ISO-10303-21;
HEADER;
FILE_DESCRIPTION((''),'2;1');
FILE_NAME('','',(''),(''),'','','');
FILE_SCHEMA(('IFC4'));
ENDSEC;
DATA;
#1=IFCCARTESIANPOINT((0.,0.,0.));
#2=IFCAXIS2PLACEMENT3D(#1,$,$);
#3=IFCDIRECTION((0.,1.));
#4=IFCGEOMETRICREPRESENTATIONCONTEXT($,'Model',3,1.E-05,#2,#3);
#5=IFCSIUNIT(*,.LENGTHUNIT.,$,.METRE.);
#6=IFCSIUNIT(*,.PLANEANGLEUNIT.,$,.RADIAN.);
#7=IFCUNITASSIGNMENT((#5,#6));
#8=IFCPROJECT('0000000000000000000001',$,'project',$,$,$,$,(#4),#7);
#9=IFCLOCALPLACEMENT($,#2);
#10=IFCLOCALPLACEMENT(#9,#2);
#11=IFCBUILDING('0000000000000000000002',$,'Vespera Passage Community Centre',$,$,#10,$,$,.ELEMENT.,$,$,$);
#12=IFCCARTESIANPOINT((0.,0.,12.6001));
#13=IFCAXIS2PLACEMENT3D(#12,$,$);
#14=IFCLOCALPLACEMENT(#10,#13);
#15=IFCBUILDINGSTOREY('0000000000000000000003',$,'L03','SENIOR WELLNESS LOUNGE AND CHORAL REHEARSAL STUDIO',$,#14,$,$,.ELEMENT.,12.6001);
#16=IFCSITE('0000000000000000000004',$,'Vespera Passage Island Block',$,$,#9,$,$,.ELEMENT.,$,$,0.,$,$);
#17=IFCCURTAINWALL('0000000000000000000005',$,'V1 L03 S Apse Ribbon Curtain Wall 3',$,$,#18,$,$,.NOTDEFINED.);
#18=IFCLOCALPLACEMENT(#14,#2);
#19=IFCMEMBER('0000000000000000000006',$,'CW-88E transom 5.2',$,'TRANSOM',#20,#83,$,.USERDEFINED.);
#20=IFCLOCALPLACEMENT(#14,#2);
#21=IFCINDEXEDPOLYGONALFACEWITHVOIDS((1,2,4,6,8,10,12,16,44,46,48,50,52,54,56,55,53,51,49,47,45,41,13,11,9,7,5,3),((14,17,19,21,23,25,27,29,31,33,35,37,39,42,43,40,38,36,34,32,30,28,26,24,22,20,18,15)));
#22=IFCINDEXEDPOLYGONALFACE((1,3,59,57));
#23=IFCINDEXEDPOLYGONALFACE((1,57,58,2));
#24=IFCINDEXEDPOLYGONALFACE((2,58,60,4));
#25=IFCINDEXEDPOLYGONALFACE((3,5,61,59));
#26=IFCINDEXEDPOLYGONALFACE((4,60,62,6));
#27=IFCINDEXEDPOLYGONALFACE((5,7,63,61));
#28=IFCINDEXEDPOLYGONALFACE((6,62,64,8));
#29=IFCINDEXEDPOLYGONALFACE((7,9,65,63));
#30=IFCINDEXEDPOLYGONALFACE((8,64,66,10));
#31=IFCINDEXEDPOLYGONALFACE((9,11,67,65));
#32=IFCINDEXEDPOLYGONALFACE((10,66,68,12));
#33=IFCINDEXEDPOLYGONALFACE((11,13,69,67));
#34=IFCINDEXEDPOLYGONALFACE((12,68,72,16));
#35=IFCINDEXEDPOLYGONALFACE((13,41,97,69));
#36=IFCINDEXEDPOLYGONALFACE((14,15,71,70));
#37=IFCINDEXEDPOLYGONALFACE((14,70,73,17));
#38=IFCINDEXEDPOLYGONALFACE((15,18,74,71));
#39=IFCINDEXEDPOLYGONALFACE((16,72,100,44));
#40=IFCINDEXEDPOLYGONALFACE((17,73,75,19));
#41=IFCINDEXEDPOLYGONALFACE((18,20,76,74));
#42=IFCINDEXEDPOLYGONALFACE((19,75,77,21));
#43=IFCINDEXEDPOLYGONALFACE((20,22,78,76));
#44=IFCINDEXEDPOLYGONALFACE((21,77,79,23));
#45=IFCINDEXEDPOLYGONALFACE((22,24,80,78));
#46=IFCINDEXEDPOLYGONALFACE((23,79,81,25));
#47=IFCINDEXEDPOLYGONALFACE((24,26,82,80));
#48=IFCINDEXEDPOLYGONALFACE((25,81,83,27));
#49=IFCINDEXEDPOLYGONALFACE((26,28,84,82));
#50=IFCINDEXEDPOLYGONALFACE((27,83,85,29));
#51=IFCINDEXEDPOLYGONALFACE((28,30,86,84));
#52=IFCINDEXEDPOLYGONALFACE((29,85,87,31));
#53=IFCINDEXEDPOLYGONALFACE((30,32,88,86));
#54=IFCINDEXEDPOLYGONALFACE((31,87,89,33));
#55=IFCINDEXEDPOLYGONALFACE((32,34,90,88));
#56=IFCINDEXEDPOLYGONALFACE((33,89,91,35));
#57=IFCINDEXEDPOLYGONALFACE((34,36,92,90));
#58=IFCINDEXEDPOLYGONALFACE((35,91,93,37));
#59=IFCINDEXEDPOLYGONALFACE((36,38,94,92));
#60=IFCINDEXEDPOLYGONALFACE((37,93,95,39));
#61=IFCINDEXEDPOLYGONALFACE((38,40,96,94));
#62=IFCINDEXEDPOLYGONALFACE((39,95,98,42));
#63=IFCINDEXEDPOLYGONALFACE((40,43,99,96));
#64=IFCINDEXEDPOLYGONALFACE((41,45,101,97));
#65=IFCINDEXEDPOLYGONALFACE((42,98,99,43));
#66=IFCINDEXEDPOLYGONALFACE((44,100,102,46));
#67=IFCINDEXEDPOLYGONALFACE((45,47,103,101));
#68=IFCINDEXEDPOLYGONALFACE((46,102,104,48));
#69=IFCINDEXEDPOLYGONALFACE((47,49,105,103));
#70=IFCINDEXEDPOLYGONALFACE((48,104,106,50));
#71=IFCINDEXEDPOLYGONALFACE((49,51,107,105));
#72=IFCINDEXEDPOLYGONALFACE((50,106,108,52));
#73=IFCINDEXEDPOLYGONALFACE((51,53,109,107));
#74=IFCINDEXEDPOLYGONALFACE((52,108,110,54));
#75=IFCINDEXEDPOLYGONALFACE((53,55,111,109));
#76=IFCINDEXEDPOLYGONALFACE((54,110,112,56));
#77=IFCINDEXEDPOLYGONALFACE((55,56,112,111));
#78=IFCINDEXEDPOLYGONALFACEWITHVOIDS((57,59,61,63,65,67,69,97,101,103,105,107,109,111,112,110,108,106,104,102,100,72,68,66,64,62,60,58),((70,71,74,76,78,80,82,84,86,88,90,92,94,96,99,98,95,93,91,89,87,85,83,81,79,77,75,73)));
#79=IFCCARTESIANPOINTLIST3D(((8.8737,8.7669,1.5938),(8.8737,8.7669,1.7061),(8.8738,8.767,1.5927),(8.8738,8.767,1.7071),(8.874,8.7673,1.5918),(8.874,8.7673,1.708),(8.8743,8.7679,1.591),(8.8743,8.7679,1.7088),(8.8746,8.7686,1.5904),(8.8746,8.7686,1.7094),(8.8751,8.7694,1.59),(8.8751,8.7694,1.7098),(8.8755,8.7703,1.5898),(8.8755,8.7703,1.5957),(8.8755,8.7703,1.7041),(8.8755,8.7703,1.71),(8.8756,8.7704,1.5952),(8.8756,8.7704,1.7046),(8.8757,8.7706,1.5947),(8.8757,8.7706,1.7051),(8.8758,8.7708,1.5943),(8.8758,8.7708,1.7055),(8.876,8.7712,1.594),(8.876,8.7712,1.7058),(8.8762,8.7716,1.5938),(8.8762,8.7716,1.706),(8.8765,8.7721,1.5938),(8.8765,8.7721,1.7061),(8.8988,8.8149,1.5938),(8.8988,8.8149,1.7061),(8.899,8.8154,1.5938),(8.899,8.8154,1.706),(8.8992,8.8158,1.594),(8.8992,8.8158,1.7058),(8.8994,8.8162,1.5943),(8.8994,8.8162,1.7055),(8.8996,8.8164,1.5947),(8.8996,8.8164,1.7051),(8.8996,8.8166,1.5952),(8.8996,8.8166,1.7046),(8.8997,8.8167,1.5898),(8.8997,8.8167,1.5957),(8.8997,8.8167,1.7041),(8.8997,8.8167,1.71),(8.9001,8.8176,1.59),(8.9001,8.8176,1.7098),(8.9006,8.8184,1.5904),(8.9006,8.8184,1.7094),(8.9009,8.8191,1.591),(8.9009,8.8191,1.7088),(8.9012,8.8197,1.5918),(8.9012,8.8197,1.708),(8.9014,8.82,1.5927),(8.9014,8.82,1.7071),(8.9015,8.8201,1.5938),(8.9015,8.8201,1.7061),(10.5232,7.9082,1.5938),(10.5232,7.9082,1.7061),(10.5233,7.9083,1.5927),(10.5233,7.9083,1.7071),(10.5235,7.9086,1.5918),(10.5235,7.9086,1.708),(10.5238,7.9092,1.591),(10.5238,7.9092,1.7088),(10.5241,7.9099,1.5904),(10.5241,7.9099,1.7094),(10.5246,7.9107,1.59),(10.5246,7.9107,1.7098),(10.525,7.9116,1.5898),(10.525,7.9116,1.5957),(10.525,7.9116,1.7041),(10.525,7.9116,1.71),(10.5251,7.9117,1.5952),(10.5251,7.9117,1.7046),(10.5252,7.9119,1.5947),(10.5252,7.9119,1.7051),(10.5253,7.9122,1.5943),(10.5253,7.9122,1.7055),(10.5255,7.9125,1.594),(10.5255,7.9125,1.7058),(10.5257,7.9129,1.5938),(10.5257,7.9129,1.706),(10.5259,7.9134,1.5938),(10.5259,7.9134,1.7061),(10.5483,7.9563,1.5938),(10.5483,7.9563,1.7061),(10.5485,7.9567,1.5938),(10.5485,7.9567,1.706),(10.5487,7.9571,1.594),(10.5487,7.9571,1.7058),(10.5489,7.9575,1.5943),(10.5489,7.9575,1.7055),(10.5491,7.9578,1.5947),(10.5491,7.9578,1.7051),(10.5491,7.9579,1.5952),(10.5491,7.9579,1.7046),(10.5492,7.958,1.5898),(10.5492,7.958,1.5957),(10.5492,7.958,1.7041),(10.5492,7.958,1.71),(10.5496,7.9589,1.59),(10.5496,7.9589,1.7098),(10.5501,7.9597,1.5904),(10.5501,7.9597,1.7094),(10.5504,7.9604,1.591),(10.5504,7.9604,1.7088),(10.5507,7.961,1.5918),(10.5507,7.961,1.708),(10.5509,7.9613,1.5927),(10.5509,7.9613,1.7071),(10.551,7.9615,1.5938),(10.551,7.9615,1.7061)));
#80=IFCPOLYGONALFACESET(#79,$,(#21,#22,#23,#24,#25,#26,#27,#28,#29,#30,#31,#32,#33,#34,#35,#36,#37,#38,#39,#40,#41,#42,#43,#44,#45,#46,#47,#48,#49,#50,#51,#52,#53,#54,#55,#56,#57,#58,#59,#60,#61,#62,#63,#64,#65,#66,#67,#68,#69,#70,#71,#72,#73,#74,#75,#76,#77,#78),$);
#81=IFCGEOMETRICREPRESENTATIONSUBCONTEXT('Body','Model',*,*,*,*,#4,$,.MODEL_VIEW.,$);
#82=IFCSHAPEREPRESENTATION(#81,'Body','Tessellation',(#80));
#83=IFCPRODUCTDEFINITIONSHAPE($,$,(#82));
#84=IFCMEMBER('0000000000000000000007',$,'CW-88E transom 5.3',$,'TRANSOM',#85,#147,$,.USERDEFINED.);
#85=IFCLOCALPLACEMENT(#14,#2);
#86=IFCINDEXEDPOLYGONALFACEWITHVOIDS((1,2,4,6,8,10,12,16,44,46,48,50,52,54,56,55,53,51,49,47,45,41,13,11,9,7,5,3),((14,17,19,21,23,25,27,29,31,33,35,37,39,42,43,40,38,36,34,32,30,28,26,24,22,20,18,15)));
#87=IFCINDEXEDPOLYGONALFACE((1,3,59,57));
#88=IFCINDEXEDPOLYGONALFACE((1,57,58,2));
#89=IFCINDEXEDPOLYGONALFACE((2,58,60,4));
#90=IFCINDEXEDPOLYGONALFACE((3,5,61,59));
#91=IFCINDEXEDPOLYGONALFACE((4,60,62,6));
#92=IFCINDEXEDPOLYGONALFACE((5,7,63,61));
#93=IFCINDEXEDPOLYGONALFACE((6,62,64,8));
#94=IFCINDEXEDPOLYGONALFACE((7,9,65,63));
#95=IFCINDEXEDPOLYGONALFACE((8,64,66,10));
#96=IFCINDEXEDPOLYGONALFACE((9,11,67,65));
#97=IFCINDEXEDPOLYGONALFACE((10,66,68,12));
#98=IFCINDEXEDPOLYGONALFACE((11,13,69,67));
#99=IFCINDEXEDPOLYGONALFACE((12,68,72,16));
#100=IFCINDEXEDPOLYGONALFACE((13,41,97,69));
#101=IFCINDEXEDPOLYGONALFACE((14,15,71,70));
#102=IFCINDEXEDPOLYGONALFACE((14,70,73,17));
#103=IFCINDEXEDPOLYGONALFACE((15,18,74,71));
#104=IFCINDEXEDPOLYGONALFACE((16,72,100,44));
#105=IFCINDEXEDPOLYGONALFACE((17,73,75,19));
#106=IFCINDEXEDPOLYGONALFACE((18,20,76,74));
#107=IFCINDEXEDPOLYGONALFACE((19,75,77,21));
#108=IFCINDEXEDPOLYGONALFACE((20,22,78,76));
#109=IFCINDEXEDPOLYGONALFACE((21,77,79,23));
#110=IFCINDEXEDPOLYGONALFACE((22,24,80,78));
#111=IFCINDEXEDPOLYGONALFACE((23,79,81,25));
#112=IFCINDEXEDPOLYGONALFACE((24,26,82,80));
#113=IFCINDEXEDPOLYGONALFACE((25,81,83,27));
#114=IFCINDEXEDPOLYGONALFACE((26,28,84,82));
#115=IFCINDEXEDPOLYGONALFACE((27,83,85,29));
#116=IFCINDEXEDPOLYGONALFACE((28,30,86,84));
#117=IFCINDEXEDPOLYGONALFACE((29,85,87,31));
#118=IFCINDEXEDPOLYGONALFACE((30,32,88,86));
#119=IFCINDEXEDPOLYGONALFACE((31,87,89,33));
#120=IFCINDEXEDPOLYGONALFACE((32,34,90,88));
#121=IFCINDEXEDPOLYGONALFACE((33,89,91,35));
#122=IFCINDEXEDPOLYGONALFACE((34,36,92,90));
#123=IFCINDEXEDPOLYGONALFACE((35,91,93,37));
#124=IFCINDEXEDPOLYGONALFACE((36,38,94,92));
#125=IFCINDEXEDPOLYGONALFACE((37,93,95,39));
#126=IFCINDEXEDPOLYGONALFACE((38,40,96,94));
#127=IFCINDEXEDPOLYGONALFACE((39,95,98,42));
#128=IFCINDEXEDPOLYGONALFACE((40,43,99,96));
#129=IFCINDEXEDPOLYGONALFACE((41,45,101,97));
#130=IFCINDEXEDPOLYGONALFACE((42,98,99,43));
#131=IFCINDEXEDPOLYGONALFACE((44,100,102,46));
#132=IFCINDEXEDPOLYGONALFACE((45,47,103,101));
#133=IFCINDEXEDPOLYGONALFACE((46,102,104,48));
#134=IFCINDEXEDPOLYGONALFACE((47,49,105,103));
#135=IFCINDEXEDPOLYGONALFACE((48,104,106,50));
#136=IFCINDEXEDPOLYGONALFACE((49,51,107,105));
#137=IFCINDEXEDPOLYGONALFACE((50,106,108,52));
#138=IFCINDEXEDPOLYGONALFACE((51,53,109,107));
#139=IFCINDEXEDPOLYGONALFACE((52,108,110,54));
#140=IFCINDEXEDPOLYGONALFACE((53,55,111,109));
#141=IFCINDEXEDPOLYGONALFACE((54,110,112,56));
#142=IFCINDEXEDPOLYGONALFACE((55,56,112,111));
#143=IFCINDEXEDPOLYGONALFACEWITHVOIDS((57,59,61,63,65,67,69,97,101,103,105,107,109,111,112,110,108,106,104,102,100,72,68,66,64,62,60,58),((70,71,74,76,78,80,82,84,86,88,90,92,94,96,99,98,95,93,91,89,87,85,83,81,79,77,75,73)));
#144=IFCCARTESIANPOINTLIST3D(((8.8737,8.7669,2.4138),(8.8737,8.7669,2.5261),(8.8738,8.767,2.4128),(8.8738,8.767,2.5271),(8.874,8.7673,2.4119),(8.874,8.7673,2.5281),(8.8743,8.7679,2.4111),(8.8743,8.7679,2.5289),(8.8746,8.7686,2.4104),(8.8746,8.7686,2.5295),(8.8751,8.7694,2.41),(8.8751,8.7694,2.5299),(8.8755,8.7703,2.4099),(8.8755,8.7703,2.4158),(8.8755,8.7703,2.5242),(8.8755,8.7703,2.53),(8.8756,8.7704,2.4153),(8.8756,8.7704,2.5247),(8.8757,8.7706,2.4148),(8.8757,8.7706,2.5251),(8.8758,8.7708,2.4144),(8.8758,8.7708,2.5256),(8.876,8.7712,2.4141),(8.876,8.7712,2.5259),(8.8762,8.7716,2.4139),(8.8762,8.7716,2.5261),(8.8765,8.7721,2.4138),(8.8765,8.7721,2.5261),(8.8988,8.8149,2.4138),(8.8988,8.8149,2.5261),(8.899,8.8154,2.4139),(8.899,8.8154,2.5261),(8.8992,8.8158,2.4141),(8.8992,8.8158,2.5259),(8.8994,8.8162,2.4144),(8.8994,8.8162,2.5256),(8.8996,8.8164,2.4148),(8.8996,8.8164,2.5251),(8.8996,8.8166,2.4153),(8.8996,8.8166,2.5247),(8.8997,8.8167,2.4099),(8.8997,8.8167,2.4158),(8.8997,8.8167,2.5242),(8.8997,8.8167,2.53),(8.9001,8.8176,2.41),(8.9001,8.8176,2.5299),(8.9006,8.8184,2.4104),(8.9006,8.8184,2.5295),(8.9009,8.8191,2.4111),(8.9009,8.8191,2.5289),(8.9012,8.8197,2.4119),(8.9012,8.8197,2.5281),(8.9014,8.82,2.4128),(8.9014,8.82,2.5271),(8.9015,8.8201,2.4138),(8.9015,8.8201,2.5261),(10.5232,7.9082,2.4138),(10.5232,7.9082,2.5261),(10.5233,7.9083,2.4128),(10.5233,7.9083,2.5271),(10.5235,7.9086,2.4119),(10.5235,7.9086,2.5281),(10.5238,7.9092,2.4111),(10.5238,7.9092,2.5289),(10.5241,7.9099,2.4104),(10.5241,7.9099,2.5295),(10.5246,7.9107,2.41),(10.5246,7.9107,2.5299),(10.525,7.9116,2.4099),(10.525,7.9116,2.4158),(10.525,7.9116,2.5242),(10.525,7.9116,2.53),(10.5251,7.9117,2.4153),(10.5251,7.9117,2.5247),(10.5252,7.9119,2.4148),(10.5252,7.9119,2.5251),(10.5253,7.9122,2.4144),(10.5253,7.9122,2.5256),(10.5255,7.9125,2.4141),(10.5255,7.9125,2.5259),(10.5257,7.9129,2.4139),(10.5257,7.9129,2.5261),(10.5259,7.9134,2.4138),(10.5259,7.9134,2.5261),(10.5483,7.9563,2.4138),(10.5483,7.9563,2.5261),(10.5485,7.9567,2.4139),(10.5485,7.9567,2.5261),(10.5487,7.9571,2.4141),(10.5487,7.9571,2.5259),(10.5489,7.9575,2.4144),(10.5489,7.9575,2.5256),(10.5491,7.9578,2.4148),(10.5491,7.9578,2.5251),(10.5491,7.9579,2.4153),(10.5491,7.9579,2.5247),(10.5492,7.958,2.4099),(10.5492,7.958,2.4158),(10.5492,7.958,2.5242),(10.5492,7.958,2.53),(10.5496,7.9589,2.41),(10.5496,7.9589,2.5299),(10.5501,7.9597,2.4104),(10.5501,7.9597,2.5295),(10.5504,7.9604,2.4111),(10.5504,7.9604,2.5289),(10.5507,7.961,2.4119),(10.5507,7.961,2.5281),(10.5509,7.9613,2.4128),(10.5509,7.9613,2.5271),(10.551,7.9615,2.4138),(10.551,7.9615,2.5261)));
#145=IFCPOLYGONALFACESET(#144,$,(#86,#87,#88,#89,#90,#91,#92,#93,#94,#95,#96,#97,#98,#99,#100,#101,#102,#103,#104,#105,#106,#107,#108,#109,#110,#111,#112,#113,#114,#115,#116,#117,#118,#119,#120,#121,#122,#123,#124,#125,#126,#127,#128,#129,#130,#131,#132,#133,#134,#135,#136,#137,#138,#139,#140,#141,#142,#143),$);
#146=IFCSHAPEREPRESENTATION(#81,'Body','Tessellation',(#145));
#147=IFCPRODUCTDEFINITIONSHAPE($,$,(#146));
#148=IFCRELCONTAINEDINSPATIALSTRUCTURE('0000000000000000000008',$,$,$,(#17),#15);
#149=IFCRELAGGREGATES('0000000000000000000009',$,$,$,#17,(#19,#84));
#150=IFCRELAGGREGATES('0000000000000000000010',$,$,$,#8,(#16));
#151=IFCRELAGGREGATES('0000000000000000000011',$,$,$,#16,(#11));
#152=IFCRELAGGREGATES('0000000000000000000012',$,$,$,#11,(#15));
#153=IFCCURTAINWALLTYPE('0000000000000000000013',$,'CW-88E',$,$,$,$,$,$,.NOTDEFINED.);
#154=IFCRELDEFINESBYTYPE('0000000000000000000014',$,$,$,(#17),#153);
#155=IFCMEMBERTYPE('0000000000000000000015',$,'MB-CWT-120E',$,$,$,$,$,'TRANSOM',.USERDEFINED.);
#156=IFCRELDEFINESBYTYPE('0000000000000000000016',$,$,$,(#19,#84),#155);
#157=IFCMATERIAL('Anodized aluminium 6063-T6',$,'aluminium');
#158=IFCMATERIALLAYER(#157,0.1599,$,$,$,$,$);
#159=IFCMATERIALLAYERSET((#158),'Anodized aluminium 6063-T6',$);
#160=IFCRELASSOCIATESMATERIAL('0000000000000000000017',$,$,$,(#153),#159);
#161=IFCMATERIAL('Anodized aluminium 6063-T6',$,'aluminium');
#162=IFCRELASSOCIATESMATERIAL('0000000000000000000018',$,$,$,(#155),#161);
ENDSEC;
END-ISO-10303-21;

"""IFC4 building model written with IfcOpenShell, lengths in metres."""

from ifc_helpers import new_model, si_unit, direction, frame, origin, origin_2d, place, context, subcontext, project, spatial, hollow_rectangle, extrude, material, layer, layer_set, material_profile, profile_set, type_object, element, aggregate, save


model = new_model("IFC4")

# Units and contexts
model_context = context("Model", 3, precision=1e-05, world=origin(), true_north=direction((0.0, 1.0)))
body_context = subcontext(model_context, "Body", "Model", "MODEL_VIEW")
ifc_project = project(units=[si_unit("LENGTHUNIT", "METRE"), si_unit("PLANEANGLEUNIT", "RADIAN")], contexts=[model_context])

# Site, building, storey
site_placement = place(None, origin())
site = spatial("IfcSite", under=ifc_project, at=site_placement, Name="Vespera Passage Island Block", CompositionType="ELEMENT", RefElevation=0.0)
building_placement = place(site_placement, origin())
building = spatial("IfcBuilding", under=site, at=building_placement, Name="Vespera Passage Community Centre", CompositionType="ELEMENT")
storey_placement = place(building_placement, frame((0.0, 0.0, 12.6001)))
storey = spatial("IfcBuildingStorey", under=building, at=storey_placement, Name="L03", Description="SENIOR WELLNESS LOUNGE AND CHORAL REHEARSAL STUDIO", CompositionType="ELEMENT", Elevation=12.6001)

# Curtain wall, members
ifc_material_1 = material(Name="Anodized aluminium 6063-T6", Category="aluminium")
ifc_layer_1 = layer(ifc_material_1, 0.1599)
ifc_layer_set_1 = layer_set([ifc_layer_1], Name="Anodized aluminium 6063-T6")
curtain_wall_type = type_object("IfcCurtainWallType", Name="CW-88E", PredefinedType="NOTDEFINED", material=ifc_layer_set_1)
curtain_wall_placement = place(storey_placement, origin())
curtain_wall = element("IfcCurtainWall", 1, at=curtain_wall_placement, inside=storey, type_object=curtain_wall_type, Name="V1 L03 S Apse Ribbon Curtain Wall 3", PredefinedType="NOTDEFINED")
ifc_material_2 = material(Name="Anodized aluminium 6063-T6", Category="aluminium")
ifc_material_profile_1 = material_profile(ifc_material_2, hollow_rectangle(XDim=0.0601, YDim=0.1201, WallThickness=0.0039, InnerFilletRadius=0.002, OuterFilletRadius=0.0039, at=origin_2d()), Name="ALU120X60X4")
ifc_profile_set_1 = profile_set([ifc_material_profile_1], Name="Anodized aluminium 6063-T6")
member_type_1 = type_object("IfcMemberType", Name="MB-CWT-120E", ElementType="TRANSOM", PredefinedType="USERDEFINED", material=ifc_profile_set_1)
member_1_placement = place(storey_placement, frame((10.5371, 7.9348, 1.6499), z_axis=(-0.887008, 0.461754, 0.0), x_axis=(-0.461754, -0.887008, 0.0)))
member_1 = element("IfcMember", 2, at=member_1_placement, type_object=member_type_1, Name="CW-88E transom 5.2", ObjectType="TRANSOM", PredefinedType="USERDEFINED", context=body_context, shape_type="SweptSolid", body=[
    extrude(hollow_rectangle(XDim=0.0601, YDim=0.1201, WallThickness=0.0039, InnerFilletRadius=0.002, OuterFilletRadius=0.0039, at=origin_2d()), origin(), (0.0, 0.0, 1.0), 1.8596),
])
member_2_placement = place(storey_placement, frame((10.5371, 7.9348, 2.47), z_axis=(-0.887008, 0.461754, 0.0), x_axis=(-0.461754, -0.887008, 0.0)))
member_2 = element("IfcMember", 3, at=member_2_placement, type_object=member_type_1, Name="CW-88E transom 5.3", ObjectType="TRANSOM", PredefinedType="USERDEFINED", context=body_context, shape_type="SweptSolid", body=[
    extrude(hollow_rectangle(XDim=0.0601, YDim=0.1201, WallThickness=0.0039, InnerFilletRadius=0.002, OuterFilletRadius=0.0039, at=origin_2d()), origin(), (0.0, 0.0, 1.0), 1.8596),
])
aggregate(curtain_wall, [member_1, member_2])

save(model, "model.ifc")
